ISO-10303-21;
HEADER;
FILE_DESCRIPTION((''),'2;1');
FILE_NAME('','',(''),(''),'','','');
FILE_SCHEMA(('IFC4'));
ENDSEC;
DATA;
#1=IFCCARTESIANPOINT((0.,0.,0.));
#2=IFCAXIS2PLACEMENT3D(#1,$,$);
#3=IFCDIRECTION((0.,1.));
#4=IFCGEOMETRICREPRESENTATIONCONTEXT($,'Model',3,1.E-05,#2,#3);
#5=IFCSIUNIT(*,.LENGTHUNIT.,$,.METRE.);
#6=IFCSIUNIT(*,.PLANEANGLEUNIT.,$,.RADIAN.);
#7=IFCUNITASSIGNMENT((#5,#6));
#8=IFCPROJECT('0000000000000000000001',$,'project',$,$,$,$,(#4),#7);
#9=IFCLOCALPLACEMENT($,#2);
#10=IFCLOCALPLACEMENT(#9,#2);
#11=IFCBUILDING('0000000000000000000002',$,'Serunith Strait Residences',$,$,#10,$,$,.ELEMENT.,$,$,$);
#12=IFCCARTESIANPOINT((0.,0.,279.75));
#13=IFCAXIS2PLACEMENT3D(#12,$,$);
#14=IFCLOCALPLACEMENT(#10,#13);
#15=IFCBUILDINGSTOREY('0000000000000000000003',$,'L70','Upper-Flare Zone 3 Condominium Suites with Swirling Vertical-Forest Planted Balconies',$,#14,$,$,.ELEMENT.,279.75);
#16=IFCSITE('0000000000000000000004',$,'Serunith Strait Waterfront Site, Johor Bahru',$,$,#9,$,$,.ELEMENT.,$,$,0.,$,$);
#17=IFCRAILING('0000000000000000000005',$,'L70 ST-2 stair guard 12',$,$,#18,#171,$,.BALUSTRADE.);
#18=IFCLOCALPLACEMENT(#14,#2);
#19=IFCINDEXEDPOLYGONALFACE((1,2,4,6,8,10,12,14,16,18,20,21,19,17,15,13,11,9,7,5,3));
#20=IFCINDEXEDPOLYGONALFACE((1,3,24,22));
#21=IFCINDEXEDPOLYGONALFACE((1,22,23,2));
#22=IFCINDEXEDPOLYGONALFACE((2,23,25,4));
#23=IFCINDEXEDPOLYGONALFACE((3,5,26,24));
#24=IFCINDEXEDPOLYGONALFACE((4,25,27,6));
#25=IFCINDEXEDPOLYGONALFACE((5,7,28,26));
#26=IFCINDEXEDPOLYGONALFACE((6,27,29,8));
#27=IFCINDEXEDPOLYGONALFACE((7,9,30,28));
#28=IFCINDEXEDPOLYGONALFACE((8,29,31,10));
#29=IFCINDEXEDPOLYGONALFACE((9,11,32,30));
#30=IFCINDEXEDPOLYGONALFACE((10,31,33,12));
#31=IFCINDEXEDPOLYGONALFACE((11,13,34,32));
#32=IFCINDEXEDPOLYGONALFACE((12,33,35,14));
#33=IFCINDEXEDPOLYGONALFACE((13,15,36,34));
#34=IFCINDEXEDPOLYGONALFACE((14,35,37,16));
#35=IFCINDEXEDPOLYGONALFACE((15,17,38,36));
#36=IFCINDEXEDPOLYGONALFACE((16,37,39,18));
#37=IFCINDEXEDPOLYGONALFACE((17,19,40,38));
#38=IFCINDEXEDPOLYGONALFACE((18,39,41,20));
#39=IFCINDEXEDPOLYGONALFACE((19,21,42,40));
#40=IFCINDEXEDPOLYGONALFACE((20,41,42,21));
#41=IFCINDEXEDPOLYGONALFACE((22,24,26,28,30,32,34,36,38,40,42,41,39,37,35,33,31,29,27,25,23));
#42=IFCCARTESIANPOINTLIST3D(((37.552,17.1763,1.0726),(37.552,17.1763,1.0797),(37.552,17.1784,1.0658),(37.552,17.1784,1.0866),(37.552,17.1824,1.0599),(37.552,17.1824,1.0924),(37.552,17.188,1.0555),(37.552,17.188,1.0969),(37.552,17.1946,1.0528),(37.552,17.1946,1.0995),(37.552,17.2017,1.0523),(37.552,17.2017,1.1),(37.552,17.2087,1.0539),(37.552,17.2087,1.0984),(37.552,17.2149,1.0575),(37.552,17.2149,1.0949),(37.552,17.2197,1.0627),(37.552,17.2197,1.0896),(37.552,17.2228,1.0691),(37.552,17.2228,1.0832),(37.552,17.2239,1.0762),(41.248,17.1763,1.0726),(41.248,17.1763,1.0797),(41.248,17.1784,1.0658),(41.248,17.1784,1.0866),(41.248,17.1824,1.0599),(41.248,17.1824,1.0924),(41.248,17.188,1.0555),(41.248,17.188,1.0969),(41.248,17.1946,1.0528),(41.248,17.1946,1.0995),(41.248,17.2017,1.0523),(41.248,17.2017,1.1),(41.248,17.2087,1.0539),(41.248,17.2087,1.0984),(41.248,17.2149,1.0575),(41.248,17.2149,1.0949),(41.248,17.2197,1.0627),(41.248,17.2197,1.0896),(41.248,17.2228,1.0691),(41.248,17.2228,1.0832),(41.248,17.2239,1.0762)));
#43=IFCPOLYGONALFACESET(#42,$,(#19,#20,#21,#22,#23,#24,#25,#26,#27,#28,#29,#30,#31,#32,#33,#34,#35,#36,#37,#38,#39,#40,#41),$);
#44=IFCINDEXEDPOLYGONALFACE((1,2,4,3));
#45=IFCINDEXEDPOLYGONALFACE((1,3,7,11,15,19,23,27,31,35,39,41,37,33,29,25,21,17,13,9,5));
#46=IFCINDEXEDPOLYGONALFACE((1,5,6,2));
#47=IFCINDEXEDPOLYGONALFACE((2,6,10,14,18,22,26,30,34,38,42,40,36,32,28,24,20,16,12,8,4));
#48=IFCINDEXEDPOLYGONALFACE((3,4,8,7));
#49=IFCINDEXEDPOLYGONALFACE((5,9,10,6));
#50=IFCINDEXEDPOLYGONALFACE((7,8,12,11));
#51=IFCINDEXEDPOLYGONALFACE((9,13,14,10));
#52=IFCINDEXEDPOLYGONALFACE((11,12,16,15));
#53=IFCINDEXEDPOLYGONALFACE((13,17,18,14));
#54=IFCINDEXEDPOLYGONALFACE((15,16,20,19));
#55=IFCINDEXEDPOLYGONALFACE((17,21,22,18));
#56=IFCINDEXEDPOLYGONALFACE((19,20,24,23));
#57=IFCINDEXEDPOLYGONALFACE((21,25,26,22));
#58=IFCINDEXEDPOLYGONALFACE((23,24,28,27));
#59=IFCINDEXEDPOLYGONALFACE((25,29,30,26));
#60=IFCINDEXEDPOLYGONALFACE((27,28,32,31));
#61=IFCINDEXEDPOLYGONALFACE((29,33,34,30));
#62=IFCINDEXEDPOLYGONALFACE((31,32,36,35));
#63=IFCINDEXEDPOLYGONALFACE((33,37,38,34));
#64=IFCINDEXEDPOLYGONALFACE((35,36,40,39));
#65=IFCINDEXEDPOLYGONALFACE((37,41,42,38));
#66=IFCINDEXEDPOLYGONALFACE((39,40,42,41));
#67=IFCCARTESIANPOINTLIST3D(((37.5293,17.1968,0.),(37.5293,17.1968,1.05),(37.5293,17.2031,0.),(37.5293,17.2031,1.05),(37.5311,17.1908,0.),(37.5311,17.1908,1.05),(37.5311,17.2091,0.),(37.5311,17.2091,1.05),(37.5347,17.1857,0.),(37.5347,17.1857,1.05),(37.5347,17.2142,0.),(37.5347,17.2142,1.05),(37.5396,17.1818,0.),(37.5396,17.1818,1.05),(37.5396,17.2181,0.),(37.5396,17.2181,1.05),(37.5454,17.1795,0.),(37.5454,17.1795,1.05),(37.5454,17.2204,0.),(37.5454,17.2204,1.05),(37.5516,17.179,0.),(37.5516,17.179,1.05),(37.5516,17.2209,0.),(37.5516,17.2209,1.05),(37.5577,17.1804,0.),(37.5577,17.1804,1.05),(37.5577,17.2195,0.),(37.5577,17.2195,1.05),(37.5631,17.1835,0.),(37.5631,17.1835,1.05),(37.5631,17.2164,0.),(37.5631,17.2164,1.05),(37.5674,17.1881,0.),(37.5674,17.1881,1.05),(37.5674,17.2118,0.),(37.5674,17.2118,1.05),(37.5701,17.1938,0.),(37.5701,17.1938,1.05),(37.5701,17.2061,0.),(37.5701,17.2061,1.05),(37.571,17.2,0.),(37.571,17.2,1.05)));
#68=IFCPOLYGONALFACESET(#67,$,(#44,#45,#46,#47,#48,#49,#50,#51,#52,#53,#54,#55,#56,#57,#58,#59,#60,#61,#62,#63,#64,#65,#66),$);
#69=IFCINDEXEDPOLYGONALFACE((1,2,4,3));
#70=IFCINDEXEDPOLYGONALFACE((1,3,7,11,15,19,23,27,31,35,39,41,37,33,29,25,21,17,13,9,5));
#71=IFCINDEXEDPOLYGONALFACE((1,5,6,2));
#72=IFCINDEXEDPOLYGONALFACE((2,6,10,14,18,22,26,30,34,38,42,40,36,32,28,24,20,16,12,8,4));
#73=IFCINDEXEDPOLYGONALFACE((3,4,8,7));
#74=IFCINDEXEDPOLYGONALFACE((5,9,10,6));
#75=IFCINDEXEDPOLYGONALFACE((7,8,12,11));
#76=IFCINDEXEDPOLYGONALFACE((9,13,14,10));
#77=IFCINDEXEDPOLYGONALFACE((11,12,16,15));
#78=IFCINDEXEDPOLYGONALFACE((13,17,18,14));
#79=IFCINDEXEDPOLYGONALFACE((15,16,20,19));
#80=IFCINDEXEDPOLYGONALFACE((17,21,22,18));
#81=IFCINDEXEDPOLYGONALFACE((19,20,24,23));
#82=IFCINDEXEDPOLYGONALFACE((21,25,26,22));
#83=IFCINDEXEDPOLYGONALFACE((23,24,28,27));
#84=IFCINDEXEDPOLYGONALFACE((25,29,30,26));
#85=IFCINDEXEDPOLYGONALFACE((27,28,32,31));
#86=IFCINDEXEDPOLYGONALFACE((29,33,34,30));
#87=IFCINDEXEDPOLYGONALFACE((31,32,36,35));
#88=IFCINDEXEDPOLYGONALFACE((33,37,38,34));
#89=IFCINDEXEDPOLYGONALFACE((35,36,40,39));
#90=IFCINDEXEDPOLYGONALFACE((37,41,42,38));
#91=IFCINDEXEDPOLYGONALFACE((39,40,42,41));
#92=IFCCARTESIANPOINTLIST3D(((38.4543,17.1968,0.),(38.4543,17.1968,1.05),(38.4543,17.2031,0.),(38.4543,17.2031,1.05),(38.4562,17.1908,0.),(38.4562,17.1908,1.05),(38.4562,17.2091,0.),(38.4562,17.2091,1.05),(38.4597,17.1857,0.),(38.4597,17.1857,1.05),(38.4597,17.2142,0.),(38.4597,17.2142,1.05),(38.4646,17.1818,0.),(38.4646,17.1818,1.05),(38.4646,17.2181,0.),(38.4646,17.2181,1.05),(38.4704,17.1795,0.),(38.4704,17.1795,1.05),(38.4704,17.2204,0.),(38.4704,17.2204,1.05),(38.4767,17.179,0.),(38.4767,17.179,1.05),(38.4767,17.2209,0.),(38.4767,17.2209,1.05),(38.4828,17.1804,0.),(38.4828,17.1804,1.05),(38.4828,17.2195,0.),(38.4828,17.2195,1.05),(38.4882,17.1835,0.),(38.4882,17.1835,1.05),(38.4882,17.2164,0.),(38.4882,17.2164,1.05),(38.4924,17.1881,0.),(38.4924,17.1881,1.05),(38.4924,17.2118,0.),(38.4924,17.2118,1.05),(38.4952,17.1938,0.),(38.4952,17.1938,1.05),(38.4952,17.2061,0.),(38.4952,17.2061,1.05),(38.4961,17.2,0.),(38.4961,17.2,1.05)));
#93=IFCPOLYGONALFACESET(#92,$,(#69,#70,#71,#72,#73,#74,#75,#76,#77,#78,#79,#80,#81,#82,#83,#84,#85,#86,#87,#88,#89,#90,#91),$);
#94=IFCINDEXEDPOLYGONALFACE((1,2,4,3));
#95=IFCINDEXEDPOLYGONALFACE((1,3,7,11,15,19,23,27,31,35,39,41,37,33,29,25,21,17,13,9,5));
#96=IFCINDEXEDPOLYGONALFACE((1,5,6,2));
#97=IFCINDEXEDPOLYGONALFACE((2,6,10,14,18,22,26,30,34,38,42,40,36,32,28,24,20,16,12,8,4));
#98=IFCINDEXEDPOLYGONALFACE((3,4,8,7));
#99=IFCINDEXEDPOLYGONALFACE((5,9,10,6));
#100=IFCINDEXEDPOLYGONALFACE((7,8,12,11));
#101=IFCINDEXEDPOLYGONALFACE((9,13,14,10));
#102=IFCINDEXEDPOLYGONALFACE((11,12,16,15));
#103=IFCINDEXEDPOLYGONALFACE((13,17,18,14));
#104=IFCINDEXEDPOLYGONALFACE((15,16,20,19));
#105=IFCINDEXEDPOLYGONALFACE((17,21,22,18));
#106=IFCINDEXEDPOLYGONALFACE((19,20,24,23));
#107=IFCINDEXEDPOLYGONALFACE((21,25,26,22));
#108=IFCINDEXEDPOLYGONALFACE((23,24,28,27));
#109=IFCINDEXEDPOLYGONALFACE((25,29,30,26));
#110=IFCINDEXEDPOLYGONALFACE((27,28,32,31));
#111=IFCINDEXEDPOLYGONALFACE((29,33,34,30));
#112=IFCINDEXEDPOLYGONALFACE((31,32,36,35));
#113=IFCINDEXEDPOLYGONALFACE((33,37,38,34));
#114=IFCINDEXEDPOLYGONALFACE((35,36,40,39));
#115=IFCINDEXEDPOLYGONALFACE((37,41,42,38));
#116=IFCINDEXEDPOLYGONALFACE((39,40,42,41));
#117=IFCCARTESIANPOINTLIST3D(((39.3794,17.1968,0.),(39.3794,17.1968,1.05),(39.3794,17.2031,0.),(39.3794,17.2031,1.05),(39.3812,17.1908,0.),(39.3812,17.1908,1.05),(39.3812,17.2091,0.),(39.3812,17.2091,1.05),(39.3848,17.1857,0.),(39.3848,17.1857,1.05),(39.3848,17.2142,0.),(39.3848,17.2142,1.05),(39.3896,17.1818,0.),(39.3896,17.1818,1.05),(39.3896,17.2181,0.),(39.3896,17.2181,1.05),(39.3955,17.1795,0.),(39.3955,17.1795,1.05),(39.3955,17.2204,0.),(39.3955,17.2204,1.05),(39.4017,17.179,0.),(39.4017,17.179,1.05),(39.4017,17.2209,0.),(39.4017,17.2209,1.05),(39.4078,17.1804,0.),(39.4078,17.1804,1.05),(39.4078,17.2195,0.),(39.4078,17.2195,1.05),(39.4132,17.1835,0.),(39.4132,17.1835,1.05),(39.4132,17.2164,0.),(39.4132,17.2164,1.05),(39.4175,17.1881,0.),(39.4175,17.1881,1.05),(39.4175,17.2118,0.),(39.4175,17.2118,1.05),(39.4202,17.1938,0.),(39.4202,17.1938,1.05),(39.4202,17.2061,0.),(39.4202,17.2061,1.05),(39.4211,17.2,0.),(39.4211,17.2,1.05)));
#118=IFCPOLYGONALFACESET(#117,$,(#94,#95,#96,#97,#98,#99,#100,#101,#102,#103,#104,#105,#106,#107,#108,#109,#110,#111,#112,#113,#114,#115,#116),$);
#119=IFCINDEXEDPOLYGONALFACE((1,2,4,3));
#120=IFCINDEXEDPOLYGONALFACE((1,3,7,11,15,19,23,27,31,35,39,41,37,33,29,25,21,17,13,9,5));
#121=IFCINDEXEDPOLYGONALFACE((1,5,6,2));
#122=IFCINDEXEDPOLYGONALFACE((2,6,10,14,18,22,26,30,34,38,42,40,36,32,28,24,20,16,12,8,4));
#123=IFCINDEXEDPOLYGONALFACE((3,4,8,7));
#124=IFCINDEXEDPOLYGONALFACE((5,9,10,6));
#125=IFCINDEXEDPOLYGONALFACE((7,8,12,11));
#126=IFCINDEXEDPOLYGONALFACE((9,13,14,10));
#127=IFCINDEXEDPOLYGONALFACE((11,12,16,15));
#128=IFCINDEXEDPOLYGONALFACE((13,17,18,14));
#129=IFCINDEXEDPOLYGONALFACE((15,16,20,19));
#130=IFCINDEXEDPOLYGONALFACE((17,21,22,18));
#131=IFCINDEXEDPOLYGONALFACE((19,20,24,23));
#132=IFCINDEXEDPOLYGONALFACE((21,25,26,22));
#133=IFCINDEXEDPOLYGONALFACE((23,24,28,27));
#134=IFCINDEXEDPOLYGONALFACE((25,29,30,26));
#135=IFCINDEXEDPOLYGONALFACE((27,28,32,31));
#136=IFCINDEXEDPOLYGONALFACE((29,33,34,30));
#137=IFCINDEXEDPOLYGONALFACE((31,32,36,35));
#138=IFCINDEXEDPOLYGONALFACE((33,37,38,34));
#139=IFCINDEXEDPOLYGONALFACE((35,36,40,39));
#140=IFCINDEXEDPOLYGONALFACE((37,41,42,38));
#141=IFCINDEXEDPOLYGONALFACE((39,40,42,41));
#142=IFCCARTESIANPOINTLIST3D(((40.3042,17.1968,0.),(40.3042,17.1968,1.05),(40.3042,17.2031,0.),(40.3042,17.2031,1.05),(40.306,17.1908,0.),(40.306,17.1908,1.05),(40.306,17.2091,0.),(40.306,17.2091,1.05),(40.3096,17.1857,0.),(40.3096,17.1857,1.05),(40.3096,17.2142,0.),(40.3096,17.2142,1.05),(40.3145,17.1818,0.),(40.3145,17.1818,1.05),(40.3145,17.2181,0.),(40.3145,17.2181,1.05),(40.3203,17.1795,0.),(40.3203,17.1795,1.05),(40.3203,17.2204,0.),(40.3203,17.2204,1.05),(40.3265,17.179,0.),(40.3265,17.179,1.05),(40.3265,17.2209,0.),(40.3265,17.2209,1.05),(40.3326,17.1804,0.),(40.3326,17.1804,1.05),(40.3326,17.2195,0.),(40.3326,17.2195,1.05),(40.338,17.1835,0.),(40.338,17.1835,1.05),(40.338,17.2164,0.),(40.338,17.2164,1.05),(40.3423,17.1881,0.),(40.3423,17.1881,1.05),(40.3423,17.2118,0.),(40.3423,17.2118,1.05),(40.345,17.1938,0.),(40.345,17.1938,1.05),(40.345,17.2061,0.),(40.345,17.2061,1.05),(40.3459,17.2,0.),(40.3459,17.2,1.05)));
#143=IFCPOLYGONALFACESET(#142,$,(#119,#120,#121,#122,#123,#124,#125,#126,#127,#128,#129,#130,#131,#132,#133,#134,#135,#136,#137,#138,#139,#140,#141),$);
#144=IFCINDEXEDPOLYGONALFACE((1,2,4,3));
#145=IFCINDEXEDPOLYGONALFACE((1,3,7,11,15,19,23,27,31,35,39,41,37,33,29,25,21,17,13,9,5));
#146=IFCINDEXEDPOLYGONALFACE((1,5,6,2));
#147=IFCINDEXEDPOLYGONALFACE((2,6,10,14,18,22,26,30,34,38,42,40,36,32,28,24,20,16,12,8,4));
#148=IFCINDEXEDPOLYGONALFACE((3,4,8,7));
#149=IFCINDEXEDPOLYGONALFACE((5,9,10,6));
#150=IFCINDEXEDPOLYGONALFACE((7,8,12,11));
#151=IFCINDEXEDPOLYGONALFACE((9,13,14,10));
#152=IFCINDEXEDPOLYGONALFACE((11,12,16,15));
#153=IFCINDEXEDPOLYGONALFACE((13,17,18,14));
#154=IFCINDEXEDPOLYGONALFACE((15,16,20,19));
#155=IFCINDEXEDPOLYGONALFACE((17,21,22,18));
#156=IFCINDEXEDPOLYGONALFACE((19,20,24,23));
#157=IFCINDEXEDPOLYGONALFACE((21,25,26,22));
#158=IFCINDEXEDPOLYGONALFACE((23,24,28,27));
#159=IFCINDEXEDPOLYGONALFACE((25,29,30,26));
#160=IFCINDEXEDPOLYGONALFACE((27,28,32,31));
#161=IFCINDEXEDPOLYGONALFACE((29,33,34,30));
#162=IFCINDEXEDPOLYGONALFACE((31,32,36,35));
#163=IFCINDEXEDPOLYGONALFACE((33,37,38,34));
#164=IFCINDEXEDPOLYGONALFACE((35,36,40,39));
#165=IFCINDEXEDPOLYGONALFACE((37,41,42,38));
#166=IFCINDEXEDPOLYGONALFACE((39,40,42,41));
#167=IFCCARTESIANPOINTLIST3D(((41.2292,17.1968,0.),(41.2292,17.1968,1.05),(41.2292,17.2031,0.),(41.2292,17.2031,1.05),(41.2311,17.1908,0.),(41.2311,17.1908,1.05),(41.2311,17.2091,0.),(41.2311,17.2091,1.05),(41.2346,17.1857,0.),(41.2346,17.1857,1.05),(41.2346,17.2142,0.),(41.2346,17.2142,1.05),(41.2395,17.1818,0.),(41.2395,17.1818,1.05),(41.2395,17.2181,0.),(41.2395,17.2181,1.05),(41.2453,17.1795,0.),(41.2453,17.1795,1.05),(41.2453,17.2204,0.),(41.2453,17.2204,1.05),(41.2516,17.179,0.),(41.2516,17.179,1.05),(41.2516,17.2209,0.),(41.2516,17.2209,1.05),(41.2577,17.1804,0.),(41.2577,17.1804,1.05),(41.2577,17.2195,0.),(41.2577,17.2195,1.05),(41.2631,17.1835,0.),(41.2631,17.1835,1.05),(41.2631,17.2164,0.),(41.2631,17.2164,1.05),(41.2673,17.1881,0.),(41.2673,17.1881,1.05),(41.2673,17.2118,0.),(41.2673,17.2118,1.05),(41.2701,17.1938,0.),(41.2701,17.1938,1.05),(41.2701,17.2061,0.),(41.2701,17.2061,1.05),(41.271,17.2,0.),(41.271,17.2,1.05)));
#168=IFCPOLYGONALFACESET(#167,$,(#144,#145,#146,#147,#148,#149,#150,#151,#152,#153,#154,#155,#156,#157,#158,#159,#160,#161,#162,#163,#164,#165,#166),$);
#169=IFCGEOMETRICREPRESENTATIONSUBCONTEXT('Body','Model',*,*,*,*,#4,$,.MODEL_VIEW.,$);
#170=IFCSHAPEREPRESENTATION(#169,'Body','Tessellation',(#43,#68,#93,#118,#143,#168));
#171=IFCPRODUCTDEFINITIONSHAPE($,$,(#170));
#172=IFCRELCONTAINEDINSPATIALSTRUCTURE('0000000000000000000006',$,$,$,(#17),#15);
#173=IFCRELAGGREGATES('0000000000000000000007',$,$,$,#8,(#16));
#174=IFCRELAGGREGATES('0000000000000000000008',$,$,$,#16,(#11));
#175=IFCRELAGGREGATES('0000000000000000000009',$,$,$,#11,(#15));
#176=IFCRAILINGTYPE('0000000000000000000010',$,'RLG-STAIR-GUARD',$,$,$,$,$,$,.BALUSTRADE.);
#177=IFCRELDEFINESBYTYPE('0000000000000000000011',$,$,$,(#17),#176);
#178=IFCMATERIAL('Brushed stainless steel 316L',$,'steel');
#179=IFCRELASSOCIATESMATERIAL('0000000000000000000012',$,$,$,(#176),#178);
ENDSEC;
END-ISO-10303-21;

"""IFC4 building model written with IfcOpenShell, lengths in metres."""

from ifc_helpers import new_model, si_unit, direction, frame, origin, origin_2d, place, context, subcontext, project, spatial, circle, extrude, material, type_object, element, save


model = new_model("IFC4")

# Units and contexts
model_context = context("Model", 3, precision=1e-05, world=origin(), true_north=direction((0.0, 1.0)))
body_context = subcontext(model_context, "Body", "Model", "MODEL_VIEW")
ifc_project = project(units=[si_unit("LENGTHUNIT", "METRE"), si_unit("PLANEANGLEUNIT", "RADIAN")], contexts=[model_context])

# Site, building, storey
site_placement = place(None, origin())
site = spatial("IfcSite", under=ifc_project, at=site_placement, Name="Serunith Strait Waterfront Site, Johor Bahru", CompositionType="ELEMENT", RefElevation=0.0)
building_placement = place(site_placement, origin())
building = spatial("IfcBuilding", under=site, at=building_placement, Name="Serunith Strait Residences", CompositionType="ELEMENT")
storey_placement = place(building_placement, frame((0.0, 0.0, 279.75)))
storey = spatial("IfcBuildingStorey", under=building, at=storey_placement, Name="L70", Description="Upper-Flare Zone 3 Condominium Suites with Swirling Vertical-Forest Planted Balconies", CompositionType="ELEMENT", Elevation=279.75)

# Railing
ifc_material_1 = material(Name="Brushed stainless steel 316L", Category="steel")
railing_type_1 = type_object("IfcRailingType", Name="RLG-STAIR-GUARD", PredefinedType="BALUSTRADE", material=ifc_material_1)
railing_1_placement = place(storey_placement, frame((37.55, 17.2, 0.0)))
element("IfcRailing", 1, at=railing_1_placement, inside=storey, type_object=railing_type_1, Name="L70 ST-2 stair guard 12", PredefinedType="BALUSTRADE", context=body_context, shape_type="SweptSolid", body=[
    extrude(circle(Radius=0.0239, at=origin_2d()), frame((0.002, 0.0, 1.0762), z_axis=(1.0, 0.0, 0.0), x_axis=(0.0, 1.0, 0.0)), (0.0, 0.0, 1.0), 3.696),
    extrude(circle(Radius=0.021, at=origin_2d()), origin(), (0.0, 0.0, 1.0), 1.05),
    extrude(circle(Radius=0.021, at=origin_2d()), frame((0.925, 0.0, 0.0)), (0.0, 0.0, 1.0), 1.05),
    extrude(circle(Radius=0.021, at=origin_2d()), frame((1.8501, 0.0, 0.0)), (0.0, 0.0, 1.0), 1.05),
    extrude(circle(Radius=0.021, at=origin_2d()), frame((2.7749, 0.0, 0.0)), (0.0, 0.0, 1.0), 1.05),
    extrude(circle(Radius=0.021, at=origin_2d()), frame((3.7, 0.0, 0.0)), (0.0, 0.0, 1.0), 1.05),
])

save(model, "model.ifc")
